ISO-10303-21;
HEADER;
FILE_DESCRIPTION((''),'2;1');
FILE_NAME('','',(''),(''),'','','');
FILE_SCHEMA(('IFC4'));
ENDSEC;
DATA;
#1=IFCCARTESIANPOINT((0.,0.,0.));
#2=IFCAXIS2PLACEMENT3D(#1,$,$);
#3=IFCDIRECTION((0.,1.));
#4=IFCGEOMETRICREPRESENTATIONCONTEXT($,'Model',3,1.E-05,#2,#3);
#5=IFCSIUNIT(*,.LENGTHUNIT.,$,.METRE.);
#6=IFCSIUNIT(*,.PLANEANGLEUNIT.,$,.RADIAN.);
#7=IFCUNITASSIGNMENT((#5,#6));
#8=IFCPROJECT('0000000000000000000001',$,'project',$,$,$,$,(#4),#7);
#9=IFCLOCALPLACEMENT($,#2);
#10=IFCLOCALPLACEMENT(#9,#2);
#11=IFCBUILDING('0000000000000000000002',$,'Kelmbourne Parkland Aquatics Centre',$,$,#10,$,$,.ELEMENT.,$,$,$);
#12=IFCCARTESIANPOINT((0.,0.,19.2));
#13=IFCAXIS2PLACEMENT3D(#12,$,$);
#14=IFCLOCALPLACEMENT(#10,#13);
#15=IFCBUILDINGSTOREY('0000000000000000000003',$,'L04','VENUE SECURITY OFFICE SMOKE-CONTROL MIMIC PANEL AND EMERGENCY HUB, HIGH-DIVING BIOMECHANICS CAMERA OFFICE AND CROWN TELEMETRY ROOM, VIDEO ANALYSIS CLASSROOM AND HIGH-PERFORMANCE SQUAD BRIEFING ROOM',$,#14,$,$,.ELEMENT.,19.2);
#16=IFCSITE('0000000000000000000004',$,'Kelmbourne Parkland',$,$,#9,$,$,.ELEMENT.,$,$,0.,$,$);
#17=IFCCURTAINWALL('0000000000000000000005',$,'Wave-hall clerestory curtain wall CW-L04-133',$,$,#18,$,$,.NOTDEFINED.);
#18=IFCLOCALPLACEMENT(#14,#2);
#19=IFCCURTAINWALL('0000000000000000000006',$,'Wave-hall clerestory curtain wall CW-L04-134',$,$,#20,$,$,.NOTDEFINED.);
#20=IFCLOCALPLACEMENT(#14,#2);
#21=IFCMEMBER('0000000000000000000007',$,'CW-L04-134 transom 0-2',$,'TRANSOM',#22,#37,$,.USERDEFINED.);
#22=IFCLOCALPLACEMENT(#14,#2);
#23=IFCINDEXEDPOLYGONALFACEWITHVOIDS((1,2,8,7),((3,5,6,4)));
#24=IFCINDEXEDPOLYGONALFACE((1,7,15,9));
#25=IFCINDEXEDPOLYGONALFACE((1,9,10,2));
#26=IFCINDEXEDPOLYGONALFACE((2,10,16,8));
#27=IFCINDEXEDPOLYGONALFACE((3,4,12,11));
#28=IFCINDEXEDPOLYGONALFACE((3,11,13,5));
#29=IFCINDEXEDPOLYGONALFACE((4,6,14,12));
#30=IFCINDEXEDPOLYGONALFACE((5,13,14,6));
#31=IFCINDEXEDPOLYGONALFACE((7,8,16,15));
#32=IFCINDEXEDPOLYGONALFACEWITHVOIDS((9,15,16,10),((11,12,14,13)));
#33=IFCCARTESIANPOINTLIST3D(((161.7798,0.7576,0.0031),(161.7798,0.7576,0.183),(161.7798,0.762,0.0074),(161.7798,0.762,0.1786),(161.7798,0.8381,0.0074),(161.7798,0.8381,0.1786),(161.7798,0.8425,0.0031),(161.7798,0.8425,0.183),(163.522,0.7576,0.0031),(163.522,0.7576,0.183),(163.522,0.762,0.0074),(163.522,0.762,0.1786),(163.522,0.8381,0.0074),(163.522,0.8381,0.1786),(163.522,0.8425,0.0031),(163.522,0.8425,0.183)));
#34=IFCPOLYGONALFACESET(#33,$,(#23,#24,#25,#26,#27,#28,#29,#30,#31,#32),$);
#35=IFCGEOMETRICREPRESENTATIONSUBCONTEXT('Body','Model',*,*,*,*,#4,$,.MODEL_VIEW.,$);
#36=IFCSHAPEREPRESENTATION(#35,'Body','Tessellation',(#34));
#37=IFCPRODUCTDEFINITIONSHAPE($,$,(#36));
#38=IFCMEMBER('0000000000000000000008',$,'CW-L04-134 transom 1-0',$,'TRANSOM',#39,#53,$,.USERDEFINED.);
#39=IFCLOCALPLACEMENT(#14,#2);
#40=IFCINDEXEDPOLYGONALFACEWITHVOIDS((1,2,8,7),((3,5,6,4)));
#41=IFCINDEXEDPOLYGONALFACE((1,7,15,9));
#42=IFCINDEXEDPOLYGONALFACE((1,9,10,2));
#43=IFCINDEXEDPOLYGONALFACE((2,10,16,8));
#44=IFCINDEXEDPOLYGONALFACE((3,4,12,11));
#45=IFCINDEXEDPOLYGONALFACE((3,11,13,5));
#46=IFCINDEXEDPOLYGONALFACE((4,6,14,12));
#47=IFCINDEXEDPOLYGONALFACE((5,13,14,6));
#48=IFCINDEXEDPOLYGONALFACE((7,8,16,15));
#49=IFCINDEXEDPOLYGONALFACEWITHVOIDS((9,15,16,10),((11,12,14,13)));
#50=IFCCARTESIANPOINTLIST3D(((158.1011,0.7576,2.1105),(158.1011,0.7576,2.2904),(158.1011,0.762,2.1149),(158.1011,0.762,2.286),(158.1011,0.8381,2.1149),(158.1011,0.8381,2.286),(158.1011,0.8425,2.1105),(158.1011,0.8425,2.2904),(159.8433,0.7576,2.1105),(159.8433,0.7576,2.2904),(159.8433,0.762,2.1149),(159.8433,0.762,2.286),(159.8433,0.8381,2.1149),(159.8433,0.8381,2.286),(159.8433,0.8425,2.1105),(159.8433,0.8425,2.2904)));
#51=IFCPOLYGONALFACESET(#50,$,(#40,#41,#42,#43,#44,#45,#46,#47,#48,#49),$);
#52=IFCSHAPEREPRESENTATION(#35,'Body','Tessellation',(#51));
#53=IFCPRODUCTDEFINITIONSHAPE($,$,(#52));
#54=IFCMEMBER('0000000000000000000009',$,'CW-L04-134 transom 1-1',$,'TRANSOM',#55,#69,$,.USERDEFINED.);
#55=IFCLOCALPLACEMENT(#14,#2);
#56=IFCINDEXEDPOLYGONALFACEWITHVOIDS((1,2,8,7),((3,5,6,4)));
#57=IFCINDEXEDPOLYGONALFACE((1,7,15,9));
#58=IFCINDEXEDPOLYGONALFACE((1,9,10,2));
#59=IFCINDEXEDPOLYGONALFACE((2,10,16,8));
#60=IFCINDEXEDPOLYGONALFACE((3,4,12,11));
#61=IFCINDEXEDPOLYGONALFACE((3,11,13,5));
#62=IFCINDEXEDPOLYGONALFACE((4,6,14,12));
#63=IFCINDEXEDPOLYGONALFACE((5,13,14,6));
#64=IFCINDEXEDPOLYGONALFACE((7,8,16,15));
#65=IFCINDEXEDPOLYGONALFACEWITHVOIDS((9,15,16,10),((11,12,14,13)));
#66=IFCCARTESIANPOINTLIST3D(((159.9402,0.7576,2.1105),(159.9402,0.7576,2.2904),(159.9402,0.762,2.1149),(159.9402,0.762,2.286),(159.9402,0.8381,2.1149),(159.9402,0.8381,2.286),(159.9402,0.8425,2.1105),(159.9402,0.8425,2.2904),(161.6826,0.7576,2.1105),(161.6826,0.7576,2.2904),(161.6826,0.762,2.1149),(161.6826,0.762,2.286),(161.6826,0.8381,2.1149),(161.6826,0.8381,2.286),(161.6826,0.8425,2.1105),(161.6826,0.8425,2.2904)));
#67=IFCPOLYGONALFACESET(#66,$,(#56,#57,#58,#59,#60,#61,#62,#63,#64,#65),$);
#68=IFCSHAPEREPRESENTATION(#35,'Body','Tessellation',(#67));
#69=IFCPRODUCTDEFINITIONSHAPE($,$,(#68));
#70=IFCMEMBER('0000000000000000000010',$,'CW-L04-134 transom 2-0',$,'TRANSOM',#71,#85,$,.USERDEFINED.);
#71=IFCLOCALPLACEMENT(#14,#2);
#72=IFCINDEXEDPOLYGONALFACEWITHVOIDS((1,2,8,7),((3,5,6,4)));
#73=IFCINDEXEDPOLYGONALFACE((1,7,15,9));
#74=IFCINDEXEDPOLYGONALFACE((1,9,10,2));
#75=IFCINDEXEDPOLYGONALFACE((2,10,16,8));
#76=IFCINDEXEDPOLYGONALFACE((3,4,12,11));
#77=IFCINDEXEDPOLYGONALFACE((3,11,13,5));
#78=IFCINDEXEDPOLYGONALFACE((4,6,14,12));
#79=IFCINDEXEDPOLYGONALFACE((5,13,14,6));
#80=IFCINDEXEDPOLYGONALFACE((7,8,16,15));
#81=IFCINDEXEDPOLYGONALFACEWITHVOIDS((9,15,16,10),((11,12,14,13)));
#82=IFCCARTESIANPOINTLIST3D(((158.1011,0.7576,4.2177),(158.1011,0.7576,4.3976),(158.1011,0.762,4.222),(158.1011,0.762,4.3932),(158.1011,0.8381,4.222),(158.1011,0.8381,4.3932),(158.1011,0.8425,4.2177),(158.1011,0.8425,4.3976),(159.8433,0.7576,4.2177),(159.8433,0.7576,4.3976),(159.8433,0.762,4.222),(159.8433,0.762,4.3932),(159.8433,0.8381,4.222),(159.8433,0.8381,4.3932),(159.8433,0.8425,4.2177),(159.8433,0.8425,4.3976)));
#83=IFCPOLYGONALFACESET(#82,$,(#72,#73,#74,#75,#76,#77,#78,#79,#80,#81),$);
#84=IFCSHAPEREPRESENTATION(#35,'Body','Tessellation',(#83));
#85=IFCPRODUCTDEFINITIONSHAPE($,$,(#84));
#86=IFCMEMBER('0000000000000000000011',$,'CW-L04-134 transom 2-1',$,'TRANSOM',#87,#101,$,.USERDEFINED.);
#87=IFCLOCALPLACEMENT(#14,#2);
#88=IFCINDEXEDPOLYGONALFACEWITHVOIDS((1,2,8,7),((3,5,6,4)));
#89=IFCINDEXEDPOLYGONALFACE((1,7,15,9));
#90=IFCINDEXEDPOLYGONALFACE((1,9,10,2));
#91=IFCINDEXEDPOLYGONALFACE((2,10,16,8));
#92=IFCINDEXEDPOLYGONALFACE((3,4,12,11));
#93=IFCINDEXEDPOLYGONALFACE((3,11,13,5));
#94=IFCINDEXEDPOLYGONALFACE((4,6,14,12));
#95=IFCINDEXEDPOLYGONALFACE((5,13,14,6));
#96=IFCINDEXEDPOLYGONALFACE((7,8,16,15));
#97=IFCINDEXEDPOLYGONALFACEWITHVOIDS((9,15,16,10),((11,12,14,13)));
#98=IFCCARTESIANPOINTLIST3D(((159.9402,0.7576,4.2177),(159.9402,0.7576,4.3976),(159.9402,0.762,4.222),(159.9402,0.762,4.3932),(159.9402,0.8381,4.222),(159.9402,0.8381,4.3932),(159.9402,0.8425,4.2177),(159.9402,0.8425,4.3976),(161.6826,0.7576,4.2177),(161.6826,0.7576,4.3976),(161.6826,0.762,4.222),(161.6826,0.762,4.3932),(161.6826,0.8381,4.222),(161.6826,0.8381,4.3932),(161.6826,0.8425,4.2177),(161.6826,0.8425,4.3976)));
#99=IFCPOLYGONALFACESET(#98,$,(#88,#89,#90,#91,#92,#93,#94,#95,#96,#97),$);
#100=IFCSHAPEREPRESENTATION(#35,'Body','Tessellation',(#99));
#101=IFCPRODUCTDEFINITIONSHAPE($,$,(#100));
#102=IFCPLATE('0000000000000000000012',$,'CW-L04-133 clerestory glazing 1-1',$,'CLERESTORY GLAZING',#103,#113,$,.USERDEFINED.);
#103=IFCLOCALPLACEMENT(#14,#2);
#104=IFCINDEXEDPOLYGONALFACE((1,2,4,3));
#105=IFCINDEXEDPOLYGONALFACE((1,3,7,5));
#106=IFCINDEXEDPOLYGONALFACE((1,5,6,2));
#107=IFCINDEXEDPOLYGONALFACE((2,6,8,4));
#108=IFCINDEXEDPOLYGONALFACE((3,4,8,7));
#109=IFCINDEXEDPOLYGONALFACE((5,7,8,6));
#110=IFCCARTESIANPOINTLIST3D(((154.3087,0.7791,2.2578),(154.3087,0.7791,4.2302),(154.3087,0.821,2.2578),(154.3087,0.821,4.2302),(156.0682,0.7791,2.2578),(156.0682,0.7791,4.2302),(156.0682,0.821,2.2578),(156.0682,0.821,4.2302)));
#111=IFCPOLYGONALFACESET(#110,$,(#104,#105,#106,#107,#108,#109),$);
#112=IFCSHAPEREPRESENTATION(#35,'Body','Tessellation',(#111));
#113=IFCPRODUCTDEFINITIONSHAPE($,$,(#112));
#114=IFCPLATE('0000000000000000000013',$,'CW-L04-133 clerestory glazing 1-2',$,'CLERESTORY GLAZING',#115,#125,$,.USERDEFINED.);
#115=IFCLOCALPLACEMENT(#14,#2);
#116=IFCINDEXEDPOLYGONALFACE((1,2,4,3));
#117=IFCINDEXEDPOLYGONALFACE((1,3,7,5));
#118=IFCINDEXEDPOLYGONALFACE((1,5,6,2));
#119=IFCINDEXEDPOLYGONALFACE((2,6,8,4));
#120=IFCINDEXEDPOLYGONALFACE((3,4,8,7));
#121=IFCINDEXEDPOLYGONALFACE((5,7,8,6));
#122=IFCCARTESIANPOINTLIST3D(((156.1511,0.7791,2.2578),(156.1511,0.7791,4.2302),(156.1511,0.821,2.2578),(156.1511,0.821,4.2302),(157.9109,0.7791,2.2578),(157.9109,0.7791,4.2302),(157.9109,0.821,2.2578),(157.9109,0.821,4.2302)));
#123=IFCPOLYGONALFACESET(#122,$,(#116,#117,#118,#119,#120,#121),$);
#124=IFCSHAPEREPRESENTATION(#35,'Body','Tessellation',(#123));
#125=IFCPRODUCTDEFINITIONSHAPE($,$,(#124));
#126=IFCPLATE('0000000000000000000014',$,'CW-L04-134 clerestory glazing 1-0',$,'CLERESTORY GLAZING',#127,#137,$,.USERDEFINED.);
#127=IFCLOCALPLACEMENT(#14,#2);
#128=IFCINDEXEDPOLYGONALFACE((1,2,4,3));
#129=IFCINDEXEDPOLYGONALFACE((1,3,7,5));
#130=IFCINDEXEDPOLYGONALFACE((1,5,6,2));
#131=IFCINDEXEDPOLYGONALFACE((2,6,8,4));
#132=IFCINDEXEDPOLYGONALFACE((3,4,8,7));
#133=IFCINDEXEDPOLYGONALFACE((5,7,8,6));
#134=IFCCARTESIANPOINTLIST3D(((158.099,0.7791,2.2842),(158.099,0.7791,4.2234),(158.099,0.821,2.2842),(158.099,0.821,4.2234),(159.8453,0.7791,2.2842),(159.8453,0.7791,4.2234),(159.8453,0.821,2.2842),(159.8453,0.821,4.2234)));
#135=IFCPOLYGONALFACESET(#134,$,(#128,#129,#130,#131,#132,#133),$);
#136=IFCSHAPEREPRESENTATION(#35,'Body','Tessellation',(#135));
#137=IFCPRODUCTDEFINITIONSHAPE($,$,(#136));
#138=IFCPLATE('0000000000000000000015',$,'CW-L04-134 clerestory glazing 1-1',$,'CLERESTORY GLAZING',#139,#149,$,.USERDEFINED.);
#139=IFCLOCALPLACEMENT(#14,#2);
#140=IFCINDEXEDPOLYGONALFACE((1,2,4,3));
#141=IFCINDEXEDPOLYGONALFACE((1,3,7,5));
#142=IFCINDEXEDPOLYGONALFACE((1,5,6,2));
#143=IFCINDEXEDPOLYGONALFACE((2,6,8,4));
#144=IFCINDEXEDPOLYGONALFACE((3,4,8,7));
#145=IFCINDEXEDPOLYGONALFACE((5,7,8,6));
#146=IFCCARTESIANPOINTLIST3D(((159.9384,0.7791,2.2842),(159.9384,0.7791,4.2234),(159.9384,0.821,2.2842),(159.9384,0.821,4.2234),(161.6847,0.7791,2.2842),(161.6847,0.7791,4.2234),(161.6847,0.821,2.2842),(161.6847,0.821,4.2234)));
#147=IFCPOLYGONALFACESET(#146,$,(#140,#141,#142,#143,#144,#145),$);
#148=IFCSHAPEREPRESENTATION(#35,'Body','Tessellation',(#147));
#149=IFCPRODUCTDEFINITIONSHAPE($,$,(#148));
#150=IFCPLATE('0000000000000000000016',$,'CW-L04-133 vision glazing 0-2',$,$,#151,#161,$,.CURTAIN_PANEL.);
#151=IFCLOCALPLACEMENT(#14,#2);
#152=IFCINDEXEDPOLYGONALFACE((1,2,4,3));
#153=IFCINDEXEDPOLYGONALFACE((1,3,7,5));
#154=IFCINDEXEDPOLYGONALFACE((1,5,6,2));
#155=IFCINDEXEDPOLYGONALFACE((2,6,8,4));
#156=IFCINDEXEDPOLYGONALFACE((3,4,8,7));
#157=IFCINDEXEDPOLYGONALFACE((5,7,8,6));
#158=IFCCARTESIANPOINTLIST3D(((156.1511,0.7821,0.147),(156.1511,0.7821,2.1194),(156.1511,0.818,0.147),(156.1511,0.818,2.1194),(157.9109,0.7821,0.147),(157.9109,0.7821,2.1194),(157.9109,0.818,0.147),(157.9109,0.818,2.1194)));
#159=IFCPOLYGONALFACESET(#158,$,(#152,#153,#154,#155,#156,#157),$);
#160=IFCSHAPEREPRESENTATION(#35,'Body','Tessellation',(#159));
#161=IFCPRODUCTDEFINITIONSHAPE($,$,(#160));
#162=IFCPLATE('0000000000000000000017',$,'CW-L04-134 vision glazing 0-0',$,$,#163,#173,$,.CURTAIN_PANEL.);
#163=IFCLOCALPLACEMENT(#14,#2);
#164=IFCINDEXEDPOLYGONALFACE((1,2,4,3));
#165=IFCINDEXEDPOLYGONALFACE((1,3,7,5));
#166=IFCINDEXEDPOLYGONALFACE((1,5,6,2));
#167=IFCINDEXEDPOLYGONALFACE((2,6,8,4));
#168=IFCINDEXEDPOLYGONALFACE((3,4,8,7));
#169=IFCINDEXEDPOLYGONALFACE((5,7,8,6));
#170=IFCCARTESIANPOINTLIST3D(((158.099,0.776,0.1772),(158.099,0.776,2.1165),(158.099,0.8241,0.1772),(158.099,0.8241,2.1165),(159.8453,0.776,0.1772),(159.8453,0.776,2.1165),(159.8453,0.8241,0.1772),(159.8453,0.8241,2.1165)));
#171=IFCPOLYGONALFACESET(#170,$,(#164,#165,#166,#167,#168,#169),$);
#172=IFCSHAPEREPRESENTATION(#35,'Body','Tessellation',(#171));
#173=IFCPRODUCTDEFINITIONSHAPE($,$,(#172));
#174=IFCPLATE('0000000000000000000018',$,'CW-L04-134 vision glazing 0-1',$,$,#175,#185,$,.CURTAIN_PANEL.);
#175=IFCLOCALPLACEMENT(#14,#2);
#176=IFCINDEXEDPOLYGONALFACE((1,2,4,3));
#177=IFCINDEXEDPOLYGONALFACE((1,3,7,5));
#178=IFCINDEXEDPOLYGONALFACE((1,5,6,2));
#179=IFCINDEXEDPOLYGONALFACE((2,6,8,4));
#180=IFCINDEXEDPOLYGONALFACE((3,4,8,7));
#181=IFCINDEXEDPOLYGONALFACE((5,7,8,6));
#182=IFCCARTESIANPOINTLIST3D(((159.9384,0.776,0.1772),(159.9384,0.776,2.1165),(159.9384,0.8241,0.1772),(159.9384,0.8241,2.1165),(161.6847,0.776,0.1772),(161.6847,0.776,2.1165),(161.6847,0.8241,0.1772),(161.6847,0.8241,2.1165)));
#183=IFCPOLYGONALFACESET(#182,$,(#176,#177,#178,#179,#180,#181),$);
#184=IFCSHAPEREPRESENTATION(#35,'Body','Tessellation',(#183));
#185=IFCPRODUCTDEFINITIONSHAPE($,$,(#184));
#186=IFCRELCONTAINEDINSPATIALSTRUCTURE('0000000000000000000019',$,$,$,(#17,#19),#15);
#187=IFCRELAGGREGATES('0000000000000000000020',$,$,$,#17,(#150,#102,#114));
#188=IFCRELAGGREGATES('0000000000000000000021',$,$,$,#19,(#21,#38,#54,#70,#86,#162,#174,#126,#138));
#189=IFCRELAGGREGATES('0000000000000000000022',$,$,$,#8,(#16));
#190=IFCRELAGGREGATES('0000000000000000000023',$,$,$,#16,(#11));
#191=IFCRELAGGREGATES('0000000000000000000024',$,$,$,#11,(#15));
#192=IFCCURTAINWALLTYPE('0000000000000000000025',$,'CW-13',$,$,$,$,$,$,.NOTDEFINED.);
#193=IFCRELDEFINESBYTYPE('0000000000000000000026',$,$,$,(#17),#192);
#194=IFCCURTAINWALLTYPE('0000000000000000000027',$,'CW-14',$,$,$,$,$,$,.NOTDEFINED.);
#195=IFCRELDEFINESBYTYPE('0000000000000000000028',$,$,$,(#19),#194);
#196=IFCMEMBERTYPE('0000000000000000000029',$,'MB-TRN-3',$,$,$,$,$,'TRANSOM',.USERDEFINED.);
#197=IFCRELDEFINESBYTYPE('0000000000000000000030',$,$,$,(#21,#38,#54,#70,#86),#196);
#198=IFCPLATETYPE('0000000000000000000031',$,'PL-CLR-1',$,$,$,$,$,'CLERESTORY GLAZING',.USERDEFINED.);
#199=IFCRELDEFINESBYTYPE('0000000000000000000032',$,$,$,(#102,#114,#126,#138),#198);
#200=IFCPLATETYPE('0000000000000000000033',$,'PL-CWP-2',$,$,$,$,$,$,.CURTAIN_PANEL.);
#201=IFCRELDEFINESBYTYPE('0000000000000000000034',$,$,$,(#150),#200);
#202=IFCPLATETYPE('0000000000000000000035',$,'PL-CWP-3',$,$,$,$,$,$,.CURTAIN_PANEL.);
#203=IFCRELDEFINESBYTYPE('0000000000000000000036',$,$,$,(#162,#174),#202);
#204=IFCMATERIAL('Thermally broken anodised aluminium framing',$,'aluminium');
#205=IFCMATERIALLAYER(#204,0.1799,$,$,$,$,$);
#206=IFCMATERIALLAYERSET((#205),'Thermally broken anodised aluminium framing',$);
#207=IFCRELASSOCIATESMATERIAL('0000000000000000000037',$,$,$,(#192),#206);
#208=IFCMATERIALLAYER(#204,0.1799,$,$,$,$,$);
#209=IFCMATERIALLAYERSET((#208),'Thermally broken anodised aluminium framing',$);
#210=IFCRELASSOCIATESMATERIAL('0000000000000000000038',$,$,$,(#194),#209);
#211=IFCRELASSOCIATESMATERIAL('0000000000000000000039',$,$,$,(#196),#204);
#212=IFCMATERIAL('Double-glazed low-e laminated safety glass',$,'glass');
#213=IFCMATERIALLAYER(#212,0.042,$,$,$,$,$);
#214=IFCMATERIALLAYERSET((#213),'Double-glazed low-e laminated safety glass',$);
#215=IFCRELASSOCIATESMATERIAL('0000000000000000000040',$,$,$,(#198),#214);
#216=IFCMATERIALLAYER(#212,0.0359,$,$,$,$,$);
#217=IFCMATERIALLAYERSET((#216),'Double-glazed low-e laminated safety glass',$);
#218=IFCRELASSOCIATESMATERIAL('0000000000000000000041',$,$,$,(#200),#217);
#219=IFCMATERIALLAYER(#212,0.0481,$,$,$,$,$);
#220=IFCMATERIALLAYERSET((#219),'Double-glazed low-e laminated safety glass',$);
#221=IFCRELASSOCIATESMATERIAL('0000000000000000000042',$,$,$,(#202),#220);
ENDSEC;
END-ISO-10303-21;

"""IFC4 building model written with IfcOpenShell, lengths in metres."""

from ifc_helpers import new_model, si_unit, direction, frame, origin, origin_2d, place, context, subcontext, project, spatial, rectangle, hollow_rectangle, extrude, material, layer, layer_set, material_profile, profile_set, type_object, element, aggregate, save


model = new_model("IFC4")

# Units and contexts
model_context = context("Model", 3, precision=1e-05, world=origin(), true_north=direction((0.0, 1.0)))
body_context = subcontext(model_context, "Body", "Model", "MODEL_VIEW")
ifc_project = project(units=[si_unit("LENGTHUNIT", "METRE"), si_unit("PLANEANGLEUNIT", "RADIAN")], contexts=[model_context])

# Site, building, storey
site_placement = place(None, origin())
site = spatial("IfcSite", under=ifc_project, at=site_placement, Name="Kelmbourne Parkland", CompositionType="ELEMENT", RefElevation=0.0)
building_placement = place(site_placement, origin())
building = spatial("IfcBuilding", under=site, at=building_placement, Name="Kelmbourne Parkland Aquatics Centre", CompositionType="ELEMENT")
storey_placement = place(building_placement, frame((0.0, 0.0, 19.2)))
storey = spatial("IfcBuildingStorey", under=building, at=storey_placement, Name="L04", Description="VENUE SECURITY OFFICE SMOKE-CONTROL MIMIC PANEL AND EMERGENCY HUB, HIGH-DIVING BIOMECHANICS CAMERA OFFICE AND CROWN TELEMETRY ROOM, VIDEO ANALYSIS CLASSROOM AND HIGH-PERFORMANCE SQUAD BRIEFING ROOM", CompositionType="ELEMENT", Elevation=19.2)

# Curtain walls
ifc_material_1 = material(Name="Thermally broken anodised aluminium framing", Category="aluminium")
ifc_layer_1 = layer(ifc_material_1, 0.1799)
ifc_layer_set_1 = layer_set([ifc_layer_1], Name="Thermally broken anodised aluminium framing")
curtain_wall_type_1 = type_object("IfcCurtainWallType", Name="CW-13", PredefinedType="NOTDEFINED", material=ifc_layer_set_1)
curtain_wall_1_placement = place(storey_placement, origin())
curtain_wall_1 = element("IfcCurtainWall", 1, at=curtain_wall_1_placement, inside=storey, type_object=curtain_wall_type_1, Name="Wave-hall clerestory curtain wall CW-L04-133", PredefinedType="NOTDEFINED")
ifc_layer_2 = layer(ifc_material_1, 0.1799)
ifc_layer_set_2 = layer_set([ifc_layer_2], Name="Thermally broken anodised aluminium framing")
curtain_wall_type_2 = type_object("IfcCurtainWallType", Name="CW-14", PredefinedType="NOTDEFINED", material=ifc_layer_set_2)
curtain_wall_2_placement = place(storey_placement, origin())
curtain_wall_2 = element("IfcCurtainWall", 2, at=curtain_wall_2_placement, inside=storey, type_object=curtain_wall_type_2, Name="Wave-hall clerestory curtain wall CW-L04-134", PredefinedType="NOTDEFINED")

# Members
ifc_material_profile_1 = material_profile(ifc_material_1, hollow_rectangle(XDim=0.085, YDim=0.1799, WallThickness=0.0044, at=origin_2d()), Name="CW-T 85x180")
ifc_profile_set_1 = profile_set([ifc_material_profile_1], Name="Thermally broken anodised aluminium framing")
member_type_1 = type_object("IfcMemberType", Name="MB-TRN-3", ElementType="TRANSOM", PredefinedType="USERDEFINED", material=ifc_profile_set_1)
member_1_placement = place(storey_placement, frame((161.7798, 0.8, 0.093), z_axis=(1.0, 0.0, 0.0), x_axis=(0.0, 1.0, 0.0)))
member_1 = element("IfcMember", 3, at=member_1_placement, type_object=member_type_1, Name="CW-L04-134 transom 0-2", ObjectType="TRANSOM", PredefinedType="USERDEFINED", context=body_context, shape_type="SweptSolid", body=[
    extrude(hollow_rectangle(XDim=0.085, YDim=0.1799, WallThickness=0.0044, at=origin_2d()), origin(), (0.0, 0.0, 1.0), 1.7422),
])
member_2_placement = place(storey_placement, frame((158.1011, 0.8, 2.2004), z_axis=(1.0, 0.0, 0.0), x_axis=(0.0, 1.0, 0.0)))
member_2 = element("IfcMember", 4, at=member_2_placement, type_object=member_type_1, Name="CW-L04-134 transom 1-0", ObjectType="TRANSOM", PredefinedType="USERDEFINED", context=body_context, shape_type="SweptSolid", body=[
    extrude(hollow_rectangle(XDim=0.085, YDim=0.1799, WallThickness=0.0044, at=origin_2d()), origin(), (0.0, 0.0, 1.0), 1.7422),
])
member_3_placement = place(storey_placement, frame((159.9402, 0.8, 2.2004), z_axis=(1.0, 0.0, 0.0), x_axis=(0.0, 1.0, 0.0)))
member_3 = element("IfcMember", 5, at=member_3_placement, type_object=member_type_1, Name="CW-L04-134 transom 1-1", ObjectType="TRANSOM", PredefinedType="USERDEFINED", context=body_context, shape_type="SweptSolid", body=[
    extrude(hollow_rectangle(XDim=0.085, YDim=0.1799, WallThickness=0.0044, at=origin_2d()), origin(), (0.0, 0.0, 1.0), 1.7424),
])
member_4_placement = place(storey_placement, frame((158.1011, 0.8, 4.3076), z_axis=(1.0, 0.0, 0.0), x_axis=(0.0, 1.0, 0.0)))
member_4 = element("IfcMember", 6, at=member_4_placement, type_object=member_type_1, Name="CW-L04-134 transom 2-0", ObjectType="TRANSOM", PredefinedType="USERDEFINED", context=body_context, shape_type="SweptSolid", body=[
    extrude(hollow_rectangle(XDim=0.085, YDim=0.1799, WallThickness=0.0044, at=origin_2d()), origin(), (0.0, 0.0, 1.0), 1.7422),
])
member_5_placement = place(storey_placement, frame((159.9402, 0.8, 4.3076), z_axis=(1.0, 0.0, 0.0), x_axis=(0.0, 1.0, 0.0)))
member_5 = element("IfcMember", 7, at=member_5_placement, type_object=member_type_1, Name="CW-L04-134 transom 2-1", ObjectType="TRANSOM", PredefinedType="USERDEFINED", context=body_context, shape_type="SweptSolid", body=[
    extrude(hollow_rectangle(XDim=0.085, YDim=0.1799, WallThickness=0.0044, at=origin_2d()), origin(), (0.0, 0.0, 1.0), 1.7424),
])

# Plates
ifc_material_2 = material(Name="Double-glazed low-e laminated safety glass", Category="glass")
ifc_layer_3 = layer(ifc_material_2, 0.042)
ifc_layer_set_3 = layer_set([ifc_layer_3], Name="Double-glazed low-e laminated safety glass")
plate_type_1 = type_object("IfcPlateType", Name="PL-CLR-1", ElementType="CLERESTORY GLAZING", PredefinedType="USERDEFINED", material=ifc_layer_set_3)
plate_1_placement = place(storey_placement, frame((155.1885, 0.8, 2.2578), z_axis=(0.0, 0.0, 1.0), x_axis=(1.0, 0.0, 0.0)))
plate_1 = element("IfcPlate", 8, at=plate_1_placement, type_object=plate_type_1, Name="CW-L04-133 clerestory glazing 1-1", ObjectType="CLERESTORY GLAZING", PredefinedType="USERDEFINED", context=body_context, shape_type="SweptSolid", body=[
    extrude(rectangle(XDim=1.7595, YDim=0.042, at=origin_2d()), origin(), (0.0, 0.0, 1.0), 1.9724),
])
plate_2_placement = place(storey_placement, frame((157.031, 0.8, 2.2578), z_axis=(0.0, 0.0, 1.0), x_axis=(1.0, 0.0, 0.0)))
plate_2 = element("IfcPlate", 9, at=plate_2_placement, type_object=plate_type_1, Name="CW-L04-133 clerestory glazing 1-2", ObjectType="CLERESTORY GLAZING", PredefinedType="USERDEFINED", context=body_context, shape_type="SweptSolid", body=[
    extrude(rectangle(XDim=1.7598, YDim=0.042, at=origin_2d()), origin(), (0.0, 0.0, 1.0), 1.9724),
])
plate_3_placement = place(storey_placement, frame((158.9722, 0.8, 2.2842), z_axis=(0.0, 0.0, 1.0), x_axis=(1.0, 0.0, 0.0)))
plate_3 = element("IfcPlate", 10, at=plate_3_placement, type_object=plate_type_1, Name="CW-L04-134 clerestory glazing 1-0", ObjectType="CLERESTORY GLAZING", PredefinedType="USERDEFINED", context=body_context, shape_type="SweptSolid", body=[
    extrude(rectangle(XDim=1.7463, YDim=0.042, at=origin_2d()), origin(), (0.0, 0.0, 1.0), 1.9392),
])
plate_4_placement = place(storey_placement, frame((160.8115, 0.8, 2.2842), z_axis=(0.0, 0.0, 1.0), x_axis=(1.0, 0.0, 0.0)))
plate_4 = element("IfcPlate", 11, at=plate_4_placement, type_object=plate_type_1, Name="CW-L04-134 clerestory glazing 1-1", ObjectType="CLERESTORY GLAZING", PredefinedType="USERDEFINED", context=body_context, shape_type="SweptSolid", body=[
    extrude(rectangle(XDim=1.7463, YDim=0.042, at=origin_2d()), origin(), (0.0, 0.0, 1.0), 1.9392),
])
ifc_layer_4 = layer(ifc_material_2, 0.0359)
ifc_layer_set_4 = layer_set([ifc_layer_4], Name="Double-glazed low-e laminated safety glass")
plate_type_2 = type_object("IfcPlateType", Name="PL-CWP-2", PredefinedType="CURTAIN_PANEL", material=ifc_layer_set_4)
plate_5_placement = place(storey_placement, frame((157.031, 0.8, 0.147), z_axis=(0.0, 0.0, 1.0), x_axis=(1.0, 0.0, 0.0)))
plate_5 = element("IfcPlate", 12, at=plate_5_placement, type_object=plate_type_2, Name="CW-L04-133 vision glazing 0-2", PredefinedType="CURTAIN_PANEL", context=body_context, shape_type="SweptSolid", body=[
    extrude(rectangle(XDim=1.7598, YDim=0.0359, at=origin_2d()), origin(), (0.0, 0.0, 1.0), 1.9724),
])
aggregate(curtain_wall_1, [plate_5, plate_1, plate_2])
ifc_layer_5 = layer(ifc_material_2, 0.0481)
ifc_layer_set_5 = layer_set([ifc_layer_5], Name="Double-glazed low-e laminated safety glass")
plate_type_3 = type_object("IfcPlateType", Name="PL-CWP-3", PredefinedType="CURTAIN_PANEL", material=ifc_layer_set_5)
plate_6_placement = place(storey_placement, frame((158.9722, 0.8, 0.1772), z_axis=(0.0, 0.0, 1.0), x_axis=(1.0, 0.0, 0.0)))
plate_6 = element("IfcPlate", 13, at=plate_6_placement, type_object=plate_type_3, Name="CW-L04-134 vision glazing 0-0", PredefinedType="CURTAIN_PANEL", context=body_context, shape_type="SweptSolid", body=[
    extrude(rectangle(XDim=1.7463, YDim=0.0481, at=origin_2d()), origin(), (0.0, 0.0, 1.0), 1.9392),
])
plate_7_placement = place(storey_placement, frame((160.8115, 0.8, 0.1772), z_axis=(0.0, 0.0, 1.0), x_axis=(1.0, 0.0, 0.0)))
plate_7 = element("IfcPlate", 14, at=plate_7_placement, type_object=plate_type_3, Name="CW-L04-134 vision glazing 0-1", PredefinedType="CURTAIN_PANEL", context=body_context, shape_type="SweptSolid", body=[
    extrude(rectangle(XDim=1.7463, YDim=0.0481, at=origin_2d()), origin(), (0.0, 0.0, 1.0), 1.9392),
])
aggregate(curtain_wall_2, [member_1, member_2, member_3, member_4, member_5, plate_6, plate_7, plate_3, plate_4])

save(model, "model.ifc")
